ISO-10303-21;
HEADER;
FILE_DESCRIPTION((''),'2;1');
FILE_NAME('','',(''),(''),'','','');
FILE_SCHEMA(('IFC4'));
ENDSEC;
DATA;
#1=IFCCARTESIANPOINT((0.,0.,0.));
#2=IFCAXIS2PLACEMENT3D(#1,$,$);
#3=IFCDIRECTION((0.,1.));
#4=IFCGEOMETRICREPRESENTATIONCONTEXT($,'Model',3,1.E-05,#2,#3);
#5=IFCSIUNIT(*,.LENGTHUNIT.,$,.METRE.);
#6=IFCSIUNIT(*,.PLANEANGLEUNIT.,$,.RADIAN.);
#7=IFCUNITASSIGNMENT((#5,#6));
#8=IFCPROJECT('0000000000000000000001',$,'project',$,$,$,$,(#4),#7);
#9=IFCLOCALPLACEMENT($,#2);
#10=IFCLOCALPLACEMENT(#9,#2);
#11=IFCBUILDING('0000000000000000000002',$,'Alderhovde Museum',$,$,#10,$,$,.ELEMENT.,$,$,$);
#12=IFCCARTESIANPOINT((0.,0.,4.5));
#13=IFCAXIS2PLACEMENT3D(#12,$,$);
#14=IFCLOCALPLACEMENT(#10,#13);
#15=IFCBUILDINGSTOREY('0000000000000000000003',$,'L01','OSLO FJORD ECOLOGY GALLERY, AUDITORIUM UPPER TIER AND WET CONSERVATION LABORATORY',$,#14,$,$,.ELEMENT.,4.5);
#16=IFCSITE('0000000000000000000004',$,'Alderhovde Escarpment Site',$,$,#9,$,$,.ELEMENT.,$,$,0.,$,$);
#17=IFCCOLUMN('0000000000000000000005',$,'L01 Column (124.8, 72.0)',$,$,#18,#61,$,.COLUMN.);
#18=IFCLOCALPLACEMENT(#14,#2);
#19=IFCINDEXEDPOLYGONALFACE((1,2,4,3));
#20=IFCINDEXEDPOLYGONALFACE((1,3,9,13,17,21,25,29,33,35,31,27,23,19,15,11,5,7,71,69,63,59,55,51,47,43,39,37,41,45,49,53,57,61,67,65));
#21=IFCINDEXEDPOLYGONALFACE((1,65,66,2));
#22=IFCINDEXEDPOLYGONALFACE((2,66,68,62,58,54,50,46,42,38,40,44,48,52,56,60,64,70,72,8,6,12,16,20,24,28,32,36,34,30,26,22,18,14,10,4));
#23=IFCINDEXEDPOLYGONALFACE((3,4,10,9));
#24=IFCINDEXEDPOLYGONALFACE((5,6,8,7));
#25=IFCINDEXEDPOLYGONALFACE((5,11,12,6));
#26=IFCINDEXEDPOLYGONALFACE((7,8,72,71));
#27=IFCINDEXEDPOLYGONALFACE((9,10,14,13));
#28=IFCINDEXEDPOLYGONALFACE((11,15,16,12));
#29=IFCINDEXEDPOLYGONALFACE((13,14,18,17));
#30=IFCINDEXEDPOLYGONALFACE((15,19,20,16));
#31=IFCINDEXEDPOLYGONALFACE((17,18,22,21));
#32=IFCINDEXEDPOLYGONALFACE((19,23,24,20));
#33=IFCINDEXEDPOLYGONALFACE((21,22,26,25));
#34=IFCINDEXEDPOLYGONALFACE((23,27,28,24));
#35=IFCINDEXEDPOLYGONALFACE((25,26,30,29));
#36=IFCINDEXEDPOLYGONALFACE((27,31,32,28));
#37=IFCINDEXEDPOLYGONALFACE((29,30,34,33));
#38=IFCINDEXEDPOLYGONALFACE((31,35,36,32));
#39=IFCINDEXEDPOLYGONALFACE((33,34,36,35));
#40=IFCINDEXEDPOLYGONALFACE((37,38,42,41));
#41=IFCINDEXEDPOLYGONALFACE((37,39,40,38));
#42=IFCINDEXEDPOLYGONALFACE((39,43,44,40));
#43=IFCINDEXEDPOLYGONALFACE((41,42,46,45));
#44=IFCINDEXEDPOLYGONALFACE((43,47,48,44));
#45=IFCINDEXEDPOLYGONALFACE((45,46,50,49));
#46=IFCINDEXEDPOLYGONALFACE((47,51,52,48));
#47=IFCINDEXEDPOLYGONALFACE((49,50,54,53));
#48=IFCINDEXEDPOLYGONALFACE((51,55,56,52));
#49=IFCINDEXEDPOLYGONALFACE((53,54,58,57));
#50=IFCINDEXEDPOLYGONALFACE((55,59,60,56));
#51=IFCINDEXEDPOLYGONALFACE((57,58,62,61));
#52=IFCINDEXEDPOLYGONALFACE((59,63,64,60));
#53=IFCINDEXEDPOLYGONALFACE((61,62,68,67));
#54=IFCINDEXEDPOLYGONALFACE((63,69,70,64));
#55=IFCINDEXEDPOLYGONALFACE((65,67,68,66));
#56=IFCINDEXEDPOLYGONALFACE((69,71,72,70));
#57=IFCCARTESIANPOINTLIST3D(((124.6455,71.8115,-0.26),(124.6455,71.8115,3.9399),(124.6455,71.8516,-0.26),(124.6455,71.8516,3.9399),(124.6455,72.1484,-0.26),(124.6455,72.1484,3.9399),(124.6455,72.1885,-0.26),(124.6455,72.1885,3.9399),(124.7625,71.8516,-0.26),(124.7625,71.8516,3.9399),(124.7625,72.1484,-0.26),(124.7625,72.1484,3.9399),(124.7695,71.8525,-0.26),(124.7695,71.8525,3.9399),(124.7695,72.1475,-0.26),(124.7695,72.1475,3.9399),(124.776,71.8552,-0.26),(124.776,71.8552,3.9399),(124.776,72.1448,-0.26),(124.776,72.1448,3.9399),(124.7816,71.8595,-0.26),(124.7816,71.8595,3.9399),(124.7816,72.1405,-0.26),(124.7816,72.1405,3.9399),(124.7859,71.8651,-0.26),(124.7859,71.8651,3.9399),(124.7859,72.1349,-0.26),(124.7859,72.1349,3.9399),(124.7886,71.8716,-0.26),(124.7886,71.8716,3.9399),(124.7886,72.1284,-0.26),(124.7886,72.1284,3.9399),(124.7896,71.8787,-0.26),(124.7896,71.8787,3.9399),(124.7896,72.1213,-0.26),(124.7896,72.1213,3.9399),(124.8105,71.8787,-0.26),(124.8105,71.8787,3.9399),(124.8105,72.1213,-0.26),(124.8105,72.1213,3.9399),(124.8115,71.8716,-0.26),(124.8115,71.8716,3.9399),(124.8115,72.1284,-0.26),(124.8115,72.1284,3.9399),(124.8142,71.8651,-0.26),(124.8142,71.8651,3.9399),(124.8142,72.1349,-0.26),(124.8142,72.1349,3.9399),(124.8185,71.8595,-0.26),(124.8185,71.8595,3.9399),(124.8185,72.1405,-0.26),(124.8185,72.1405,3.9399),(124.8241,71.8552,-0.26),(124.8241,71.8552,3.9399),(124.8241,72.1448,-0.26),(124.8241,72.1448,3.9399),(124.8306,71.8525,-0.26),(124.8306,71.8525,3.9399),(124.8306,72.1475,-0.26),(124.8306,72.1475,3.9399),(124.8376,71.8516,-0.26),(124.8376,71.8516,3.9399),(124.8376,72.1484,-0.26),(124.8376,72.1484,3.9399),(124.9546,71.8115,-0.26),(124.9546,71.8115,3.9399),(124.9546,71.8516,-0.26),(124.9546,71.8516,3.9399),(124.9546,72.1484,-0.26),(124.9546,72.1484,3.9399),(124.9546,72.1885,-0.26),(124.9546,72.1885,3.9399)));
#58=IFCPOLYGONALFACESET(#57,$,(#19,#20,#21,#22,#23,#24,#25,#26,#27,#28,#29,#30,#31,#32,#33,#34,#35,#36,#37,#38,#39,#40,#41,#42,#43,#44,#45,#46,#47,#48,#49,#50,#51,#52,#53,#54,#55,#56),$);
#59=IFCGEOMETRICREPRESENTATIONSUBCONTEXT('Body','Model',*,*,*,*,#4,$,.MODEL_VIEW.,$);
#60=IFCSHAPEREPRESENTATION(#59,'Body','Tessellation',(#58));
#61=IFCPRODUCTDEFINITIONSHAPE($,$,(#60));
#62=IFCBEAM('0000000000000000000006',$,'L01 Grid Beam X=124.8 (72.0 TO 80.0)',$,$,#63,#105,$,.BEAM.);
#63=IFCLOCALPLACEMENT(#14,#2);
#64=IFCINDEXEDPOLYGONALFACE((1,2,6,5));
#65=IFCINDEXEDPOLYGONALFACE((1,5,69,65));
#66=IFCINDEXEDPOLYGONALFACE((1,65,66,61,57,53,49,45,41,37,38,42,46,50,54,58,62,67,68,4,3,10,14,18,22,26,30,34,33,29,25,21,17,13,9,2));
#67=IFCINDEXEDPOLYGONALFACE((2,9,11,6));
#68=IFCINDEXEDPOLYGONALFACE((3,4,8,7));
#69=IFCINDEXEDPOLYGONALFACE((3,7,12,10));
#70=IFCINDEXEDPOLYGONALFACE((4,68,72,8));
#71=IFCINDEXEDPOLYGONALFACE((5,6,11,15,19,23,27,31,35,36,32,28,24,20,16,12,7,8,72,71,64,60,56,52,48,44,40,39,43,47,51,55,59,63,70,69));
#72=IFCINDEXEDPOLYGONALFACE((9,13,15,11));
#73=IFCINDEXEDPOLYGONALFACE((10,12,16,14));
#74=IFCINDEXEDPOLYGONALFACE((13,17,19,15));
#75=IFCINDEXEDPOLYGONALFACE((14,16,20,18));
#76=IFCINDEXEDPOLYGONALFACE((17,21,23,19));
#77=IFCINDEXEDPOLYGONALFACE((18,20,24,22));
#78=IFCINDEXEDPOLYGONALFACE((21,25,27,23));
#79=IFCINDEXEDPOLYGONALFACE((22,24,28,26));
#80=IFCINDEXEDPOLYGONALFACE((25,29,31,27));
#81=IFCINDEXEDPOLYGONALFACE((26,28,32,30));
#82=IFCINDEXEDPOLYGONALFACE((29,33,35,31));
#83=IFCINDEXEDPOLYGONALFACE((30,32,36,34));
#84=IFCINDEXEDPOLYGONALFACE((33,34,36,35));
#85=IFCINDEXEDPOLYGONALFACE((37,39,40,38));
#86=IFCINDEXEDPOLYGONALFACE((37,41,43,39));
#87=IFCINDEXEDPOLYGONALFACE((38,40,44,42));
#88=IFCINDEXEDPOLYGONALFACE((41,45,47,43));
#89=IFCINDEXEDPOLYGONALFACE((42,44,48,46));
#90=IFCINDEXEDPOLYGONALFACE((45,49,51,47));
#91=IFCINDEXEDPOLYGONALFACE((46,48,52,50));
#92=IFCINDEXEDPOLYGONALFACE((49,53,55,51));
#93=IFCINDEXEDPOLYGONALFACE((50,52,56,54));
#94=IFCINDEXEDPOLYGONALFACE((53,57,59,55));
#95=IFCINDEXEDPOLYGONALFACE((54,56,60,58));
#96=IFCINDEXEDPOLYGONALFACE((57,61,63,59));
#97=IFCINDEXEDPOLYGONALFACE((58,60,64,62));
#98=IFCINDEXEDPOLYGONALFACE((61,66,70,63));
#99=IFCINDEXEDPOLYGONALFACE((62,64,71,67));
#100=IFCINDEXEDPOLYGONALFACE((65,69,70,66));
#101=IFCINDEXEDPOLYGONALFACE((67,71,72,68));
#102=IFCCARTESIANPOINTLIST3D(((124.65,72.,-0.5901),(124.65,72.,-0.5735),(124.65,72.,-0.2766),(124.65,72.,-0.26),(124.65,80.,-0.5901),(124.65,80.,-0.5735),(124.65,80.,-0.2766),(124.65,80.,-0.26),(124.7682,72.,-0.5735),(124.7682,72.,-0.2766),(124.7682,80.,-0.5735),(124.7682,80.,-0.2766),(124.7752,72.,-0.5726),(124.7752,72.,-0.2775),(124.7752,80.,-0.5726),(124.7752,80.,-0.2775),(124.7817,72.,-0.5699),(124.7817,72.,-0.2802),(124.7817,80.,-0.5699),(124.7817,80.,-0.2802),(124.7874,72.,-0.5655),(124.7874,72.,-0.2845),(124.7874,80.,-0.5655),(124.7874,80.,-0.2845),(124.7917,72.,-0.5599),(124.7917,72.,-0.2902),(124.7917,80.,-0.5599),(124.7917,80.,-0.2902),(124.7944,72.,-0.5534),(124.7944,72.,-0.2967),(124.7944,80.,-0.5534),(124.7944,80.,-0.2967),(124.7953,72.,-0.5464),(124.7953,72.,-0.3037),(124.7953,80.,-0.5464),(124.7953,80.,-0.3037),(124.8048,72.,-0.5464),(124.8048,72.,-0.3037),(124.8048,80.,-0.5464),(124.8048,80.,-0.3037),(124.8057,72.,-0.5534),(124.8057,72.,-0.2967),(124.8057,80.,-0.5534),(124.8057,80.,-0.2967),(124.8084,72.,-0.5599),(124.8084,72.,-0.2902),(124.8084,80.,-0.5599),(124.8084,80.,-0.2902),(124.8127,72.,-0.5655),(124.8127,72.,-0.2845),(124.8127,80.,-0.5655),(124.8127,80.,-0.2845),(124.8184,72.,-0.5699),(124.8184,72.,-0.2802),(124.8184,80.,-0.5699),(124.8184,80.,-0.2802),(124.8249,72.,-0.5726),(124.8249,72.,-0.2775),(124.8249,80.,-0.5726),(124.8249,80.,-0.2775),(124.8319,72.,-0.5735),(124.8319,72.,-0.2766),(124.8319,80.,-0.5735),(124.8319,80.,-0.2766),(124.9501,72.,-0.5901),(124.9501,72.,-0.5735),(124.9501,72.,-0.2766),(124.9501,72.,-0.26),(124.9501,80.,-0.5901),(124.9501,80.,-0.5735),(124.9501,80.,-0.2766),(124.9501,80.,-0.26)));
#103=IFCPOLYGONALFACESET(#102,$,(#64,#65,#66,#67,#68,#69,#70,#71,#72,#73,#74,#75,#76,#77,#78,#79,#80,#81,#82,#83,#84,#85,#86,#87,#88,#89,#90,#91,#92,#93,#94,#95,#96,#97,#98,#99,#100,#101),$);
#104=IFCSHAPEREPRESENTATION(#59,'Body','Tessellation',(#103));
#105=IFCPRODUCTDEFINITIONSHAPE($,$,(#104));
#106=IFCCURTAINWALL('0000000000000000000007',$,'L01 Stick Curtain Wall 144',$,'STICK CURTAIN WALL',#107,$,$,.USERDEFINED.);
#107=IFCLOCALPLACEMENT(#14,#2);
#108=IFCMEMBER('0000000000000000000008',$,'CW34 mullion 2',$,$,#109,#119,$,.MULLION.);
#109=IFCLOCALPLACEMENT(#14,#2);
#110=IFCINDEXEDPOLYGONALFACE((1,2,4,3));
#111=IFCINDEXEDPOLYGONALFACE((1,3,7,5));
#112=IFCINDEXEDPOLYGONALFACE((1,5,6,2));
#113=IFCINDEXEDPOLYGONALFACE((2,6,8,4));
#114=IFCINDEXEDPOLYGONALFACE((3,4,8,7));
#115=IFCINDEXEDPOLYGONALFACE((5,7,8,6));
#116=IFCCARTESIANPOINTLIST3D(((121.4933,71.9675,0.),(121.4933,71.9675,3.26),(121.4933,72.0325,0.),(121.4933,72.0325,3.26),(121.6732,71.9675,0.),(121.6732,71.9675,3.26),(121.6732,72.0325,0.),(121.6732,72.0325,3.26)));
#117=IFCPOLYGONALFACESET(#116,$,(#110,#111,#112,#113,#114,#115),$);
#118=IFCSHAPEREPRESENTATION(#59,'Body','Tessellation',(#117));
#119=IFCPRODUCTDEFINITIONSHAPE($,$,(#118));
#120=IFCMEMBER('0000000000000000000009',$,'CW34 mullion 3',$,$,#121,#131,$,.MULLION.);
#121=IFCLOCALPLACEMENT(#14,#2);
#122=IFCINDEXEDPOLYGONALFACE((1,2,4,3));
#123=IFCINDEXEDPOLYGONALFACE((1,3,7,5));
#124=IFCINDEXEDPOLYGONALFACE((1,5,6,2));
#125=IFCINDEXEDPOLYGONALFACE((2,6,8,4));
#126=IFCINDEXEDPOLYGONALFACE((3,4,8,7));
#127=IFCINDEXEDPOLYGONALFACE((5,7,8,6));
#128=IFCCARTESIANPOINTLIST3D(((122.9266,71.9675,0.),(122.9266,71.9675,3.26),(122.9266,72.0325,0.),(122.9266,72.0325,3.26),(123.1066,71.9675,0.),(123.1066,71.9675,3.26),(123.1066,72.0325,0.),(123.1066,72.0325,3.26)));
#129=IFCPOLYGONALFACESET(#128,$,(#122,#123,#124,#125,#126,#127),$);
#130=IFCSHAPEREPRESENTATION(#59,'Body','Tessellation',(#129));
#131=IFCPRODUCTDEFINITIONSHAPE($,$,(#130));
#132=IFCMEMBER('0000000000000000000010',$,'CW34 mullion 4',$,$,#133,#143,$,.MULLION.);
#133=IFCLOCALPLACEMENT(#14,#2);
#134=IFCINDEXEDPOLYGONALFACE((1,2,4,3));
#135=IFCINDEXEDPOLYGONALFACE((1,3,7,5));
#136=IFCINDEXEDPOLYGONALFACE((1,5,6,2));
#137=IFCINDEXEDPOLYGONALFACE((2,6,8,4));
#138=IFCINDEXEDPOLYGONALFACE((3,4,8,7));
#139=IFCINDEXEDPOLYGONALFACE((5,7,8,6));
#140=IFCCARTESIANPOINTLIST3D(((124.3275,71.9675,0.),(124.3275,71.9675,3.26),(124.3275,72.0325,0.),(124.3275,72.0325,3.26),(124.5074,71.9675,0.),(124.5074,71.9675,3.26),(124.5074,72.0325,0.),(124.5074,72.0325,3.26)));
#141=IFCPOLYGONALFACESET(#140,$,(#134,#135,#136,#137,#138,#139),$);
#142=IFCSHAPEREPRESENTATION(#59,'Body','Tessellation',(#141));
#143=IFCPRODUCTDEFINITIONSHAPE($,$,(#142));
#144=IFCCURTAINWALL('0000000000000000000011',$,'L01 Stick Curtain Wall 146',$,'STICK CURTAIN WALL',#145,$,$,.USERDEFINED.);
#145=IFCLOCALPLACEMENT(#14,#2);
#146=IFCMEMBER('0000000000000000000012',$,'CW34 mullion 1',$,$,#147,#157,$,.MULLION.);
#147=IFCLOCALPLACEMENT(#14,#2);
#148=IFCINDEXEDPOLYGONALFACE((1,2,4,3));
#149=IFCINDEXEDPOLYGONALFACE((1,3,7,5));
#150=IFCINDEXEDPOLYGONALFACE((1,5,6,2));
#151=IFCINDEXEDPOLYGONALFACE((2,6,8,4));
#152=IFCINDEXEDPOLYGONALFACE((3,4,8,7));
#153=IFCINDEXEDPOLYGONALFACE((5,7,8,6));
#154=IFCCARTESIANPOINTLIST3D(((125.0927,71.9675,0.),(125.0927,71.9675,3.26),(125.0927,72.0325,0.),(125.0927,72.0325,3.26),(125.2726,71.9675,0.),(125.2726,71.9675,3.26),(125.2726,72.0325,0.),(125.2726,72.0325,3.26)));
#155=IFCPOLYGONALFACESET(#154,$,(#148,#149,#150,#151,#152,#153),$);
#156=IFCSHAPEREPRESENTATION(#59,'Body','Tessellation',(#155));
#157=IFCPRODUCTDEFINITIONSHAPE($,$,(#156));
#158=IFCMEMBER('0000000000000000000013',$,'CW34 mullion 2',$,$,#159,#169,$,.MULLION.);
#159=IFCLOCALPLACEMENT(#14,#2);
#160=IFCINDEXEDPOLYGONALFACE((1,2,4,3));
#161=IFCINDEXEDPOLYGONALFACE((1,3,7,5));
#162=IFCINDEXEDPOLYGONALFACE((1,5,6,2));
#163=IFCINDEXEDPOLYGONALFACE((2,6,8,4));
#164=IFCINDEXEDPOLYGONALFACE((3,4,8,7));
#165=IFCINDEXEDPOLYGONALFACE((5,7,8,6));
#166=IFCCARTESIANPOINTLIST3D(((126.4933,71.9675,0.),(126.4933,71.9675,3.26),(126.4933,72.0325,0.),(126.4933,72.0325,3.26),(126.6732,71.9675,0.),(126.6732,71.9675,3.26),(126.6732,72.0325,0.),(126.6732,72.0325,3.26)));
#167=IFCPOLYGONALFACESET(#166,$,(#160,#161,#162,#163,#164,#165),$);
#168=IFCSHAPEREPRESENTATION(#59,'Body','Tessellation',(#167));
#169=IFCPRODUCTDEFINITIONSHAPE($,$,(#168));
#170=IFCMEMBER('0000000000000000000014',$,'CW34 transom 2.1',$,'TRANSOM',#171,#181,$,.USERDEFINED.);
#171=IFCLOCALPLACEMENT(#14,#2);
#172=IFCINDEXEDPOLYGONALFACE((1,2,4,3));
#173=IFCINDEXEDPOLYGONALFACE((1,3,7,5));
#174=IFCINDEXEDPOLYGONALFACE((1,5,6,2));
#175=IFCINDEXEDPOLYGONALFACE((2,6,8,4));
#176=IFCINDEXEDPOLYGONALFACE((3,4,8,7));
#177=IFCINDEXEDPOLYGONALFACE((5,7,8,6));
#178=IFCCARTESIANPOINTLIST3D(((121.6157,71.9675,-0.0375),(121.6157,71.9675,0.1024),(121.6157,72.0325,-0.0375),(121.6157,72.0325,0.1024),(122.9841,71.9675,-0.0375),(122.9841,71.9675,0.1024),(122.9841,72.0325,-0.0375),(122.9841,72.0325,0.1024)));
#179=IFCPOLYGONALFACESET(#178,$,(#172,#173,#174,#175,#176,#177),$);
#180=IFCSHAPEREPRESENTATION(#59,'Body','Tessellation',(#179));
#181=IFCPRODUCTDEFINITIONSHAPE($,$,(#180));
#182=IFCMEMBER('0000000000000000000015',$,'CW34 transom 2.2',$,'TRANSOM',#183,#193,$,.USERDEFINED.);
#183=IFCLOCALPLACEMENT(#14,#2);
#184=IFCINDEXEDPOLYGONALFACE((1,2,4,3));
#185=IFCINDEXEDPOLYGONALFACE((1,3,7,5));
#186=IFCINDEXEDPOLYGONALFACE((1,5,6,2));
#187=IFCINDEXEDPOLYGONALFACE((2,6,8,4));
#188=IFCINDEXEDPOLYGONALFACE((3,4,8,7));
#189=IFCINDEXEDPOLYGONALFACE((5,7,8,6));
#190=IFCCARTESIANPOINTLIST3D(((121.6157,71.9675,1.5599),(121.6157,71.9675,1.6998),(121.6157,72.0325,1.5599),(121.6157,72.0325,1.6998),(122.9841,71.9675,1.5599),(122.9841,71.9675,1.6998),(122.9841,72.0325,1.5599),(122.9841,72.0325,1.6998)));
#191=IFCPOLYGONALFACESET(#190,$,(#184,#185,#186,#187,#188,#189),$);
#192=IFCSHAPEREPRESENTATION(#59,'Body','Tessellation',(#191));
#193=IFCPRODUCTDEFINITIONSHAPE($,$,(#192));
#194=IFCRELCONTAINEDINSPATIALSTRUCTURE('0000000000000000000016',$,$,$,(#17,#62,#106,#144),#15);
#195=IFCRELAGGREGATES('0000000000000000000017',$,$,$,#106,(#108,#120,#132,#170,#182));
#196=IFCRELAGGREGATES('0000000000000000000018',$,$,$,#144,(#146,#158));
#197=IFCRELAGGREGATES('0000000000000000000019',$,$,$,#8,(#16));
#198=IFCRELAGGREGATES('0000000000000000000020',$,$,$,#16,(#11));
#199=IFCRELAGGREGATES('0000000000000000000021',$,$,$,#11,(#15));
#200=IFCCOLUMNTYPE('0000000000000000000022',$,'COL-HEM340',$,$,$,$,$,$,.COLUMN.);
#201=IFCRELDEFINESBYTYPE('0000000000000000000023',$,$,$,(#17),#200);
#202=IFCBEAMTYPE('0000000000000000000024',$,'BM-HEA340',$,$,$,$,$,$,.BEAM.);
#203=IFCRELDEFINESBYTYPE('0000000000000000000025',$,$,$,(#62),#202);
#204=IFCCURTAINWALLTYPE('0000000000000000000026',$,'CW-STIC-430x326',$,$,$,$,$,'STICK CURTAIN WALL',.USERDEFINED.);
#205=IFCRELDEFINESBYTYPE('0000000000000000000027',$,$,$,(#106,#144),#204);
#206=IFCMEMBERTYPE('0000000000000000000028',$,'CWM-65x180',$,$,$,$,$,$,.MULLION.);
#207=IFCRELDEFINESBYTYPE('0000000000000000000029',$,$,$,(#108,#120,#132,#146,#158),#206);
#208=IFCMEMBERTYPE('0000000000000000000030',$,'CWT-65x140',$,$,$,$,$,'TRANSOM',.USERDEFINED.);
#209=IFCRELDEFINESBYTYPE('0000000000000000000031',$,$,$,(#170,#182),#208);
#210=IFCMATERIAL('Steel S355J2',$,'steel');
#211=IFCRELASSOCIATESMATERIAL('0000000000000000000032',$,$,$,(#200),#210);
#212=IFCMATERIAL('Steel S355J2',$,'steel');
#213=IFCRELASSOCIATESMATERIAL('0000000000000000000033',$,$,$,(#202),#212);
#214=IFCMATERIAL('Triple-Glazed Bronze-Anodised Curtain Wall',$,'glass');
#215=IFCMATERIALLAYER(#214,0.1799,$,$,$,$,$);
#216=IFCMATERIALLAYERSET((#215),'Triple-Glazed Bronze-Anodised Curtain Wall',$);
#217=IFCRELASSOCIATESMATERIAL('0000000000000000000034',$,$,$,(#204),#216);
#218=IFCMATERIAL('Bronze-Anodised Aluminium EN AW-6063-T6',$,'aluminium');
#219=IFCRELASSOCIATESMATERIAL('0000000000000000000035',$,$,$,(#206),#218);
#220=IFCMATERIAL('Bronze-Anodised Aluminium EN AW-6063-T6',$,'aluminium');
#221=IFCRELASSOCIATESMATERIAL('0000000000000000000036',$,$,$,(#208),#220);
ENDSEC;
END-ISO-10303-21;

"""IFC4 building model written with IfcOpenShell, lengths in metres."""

from ifc_helpers import new_model, si_unit, direction, frame, origin, origin_2d, place, context, subcontext, project, spatial, rectangle, i_section, extrude, material, layer, layer_set, material_profile, profile_set, type_object, element, aggregate, save


model = new_model("IFC4")

# Units and contexts
model_context = context("Model", 3, precision=1e-05, world=origin(), true_north=direction((0.0, 1.0)))
body_context = subcontext(model_context, "Body", "Model", "MODEL_VIEW")
ifc_project = project(units=[si_unit("LENGTHUNIT", "METRE"), si_unit("PLANEANGLEUNIT", "RADIAN")], contexts=[model_context])

# Site, building, storey
site_placement = place(None, origin())
site = spatial("IfcSite", under=ifc_project, at=site_placement, Name="Alderhovde Escarpment Site", CompositionType="ELEMENT", RefElevation=0.0)
building_placement = place(site_placement, origin())
building = spatial("IfcBuilding", under=site, at=building_placement, Name="Alderhovde Museum", CompositionType="ELEMENT")
storey_placement = place(building_placement, frame((0.0, 0.0, 4.5)))
storey = spatial("IfcBuildingStorey", under=building, at=storey_placement, Name="L01", Description="OSLO FJORD ECOLOGY GALLERY, AUDITORIUM UPPER TIER AND WET CONSERVATION LABORATORY", CompositionType="ELEMENT", Elevation=4.5)

# Column
ifc_material_1 = material(Name="Steel S355J2", Category="steel")
ifc_material_profile_1 = material_profile(ifc_material_1, i_section(OverallWidth=0.3091, OverallDepth=0.377, WebThickness=0.021, FlangeThickness=0.04, FilletRadius=0.0271, at=origin_2d()), Name="HEM 340")
ifc_profile_set_1 = profile_set([ifc_material_profile_1], Name="Steel S355J2")
column_type = type_object("IfcColumnType", Name="COL-HEM340", PredefinedType="COLUMN", material=ifc_profile_set_1)
column_placement = place(storey_placement, frame((124.8, 72.0, -0.26), z_axis=(0.0, 0.0, 1.0), x_axis=(1.0, 0.0, 0.0)))
element("IfcColumn", 1, at=column_placement, inside=storey, type_object=column_type, Name="L01 Column (124.8, 72.0)", PredefinedType="COLUMN", context=body_context, shape_type="SweptSolid", body=[
    extrude(i_section(OverallWidth=0.3091, OverallDepth=0.377, WebThickness=0.021, FlangeThickness=0.04, FilletRadius=0.0271, at=origin_2d()), origin(), (0.0, 0.0, 1.0), 4.2),
])

# Beam
ifc_material_2 = material(Name="Steel S355J2", Category="steel")
ifc_material_profile_2 = material_profile(ifc_material_2, i_section(OverallWidth=0.3, OverallDepth=0.3301, WebThickness=0.0095, FlangeThickness=0.0166, FilletRadius=0.0271, at=origin_2d()), Name="HEA 340")
ifc_profile_set_2 = profile_set([ifc_material_profile_2], Name="Steel S355J2")
beam_type_1 = type_object("IfcBeamType", Name="BM-HEA340", PredefinedType="BEAM", material=ifc_profile_set_2)
beam_1_placement = place(storey_placement, frame((124.8, 72.0, -0.425), z_axis=(0.0, 1.0, 0.0), x_axis=(-1.0, 0.0, 0.0)))
element("IfcBeam", 2, at=beam_1_placement, inside=storey, type_object=beam_type_1, Name="L01 Grid Beam X=124.8 (72.0 TO 80.0)", PredefinedType="BEAM", context=body_context, shape_type="SweptSolid", body=[
    extrude(i_section(OverallWidth=0.3, OverallDepth=0.3301, WebThickness=0.0095, FlangeThickness=0.0166, FilletRadius=0.0271, at=origin_2d()), origin(), (0.0, 0.0, 1.0), 8.0),
])

# Curtain walls, members
ifc_material_3 = material(Name="Triple-Glazed Bronze-Anodised Curtain Wall", Category="glass")
ifc_layer_1 = layer(ifc_material_3, 0.1799)
ifc_layer_set_1 = layer_set([ifc_layer_1], Name="Triple-Glazed Bronze-Anodised Curtain Wall")
curtain_wall_type = type_object("IfcCurtainWallType", Name="CW-STIC-430x326", ElementType="STICK CURTAIN WALL", PredefinedType="USERDEFINED", material=ifc_layer_set_1)
curtain_wall_1_placement = place(storey_placement, origin())
curtain_wall_1 = element("IfcCurtainWall", 3, at=curtain_wall_1_placement, inside=storey, type_object=curtain_wall_type, Name="L01 Stick Curtain Wall 144", ObjectType="STICK CURTAIN WALL", PredefinedType="USERDEFINED")
ifc_material_4 = material(Name="Bronze-Anodised Aluminium EN AW-6063-T6", Category="aluminium")
ifc_material_profile_3 = material_profile(ifc_material_4, rectangle(XDim=0.0649, YDim=0.1799, at=origin_2d()), Name="MULLION 65x180")
ifc_profile_set_3 = profile_set([ifc_material_profile_3], Name="Bronze-Anodised Aluminium EN AW-6063-T6")
member_type_1 = type_object("IfcMemberType", Name="CWM-65x180", PredefinedType="MULLION", material=ifc_profile_set_3)
member_1_placement = place(storey_placement, frame((121.5833, 72.0, 0.0), z_axis=(0.0, 0.0, 1.0), x_axis=(0.0, 1.0, 0.0)))
member_1 = element("IfcMember", 4, at=member_1_placement, type_object=member_type_1, Name="CW34 mullion 2", PredefinedType="MULLION", context=body_context, shape_type="SweptSolid", body=[
    extrude(rectangle(XDim=0.0649, YDim=0.1799, at=origin_2d()), origin(), (0.0, 0.0, 1.0), 3.26),
])
member_2_placement = place(storey_placement, frame((123.0166, 72.0, 0.0), z_axis=(0.0, 0.0, 1.0), x_axis=(0.0, 1.0, 0.0)))
member_2 = element("IfcMember", 5, at=member_2_placement, type_object=member_type_1, Name="CW34 mullion 3", PredefinedType="MULLION", context=body_context, shape_type="SweptSolid", body=[
    extrude(rectangle(XDim=0.0649, YDim=0.1799, at=origin_2d()), origin(), (0.0, 0.0, 1.0), 3.26),
])
member_3_placement = place(storey_placement, frame((124.4175, 72.0, 0.0), z_axis=(0.0, 0.0, 1.0), x_axis=(0.0, 1.0, 0.0)))
member_3 = element("IfcMember", 6, at=member_3_placement, type_object=member_type_1, Name="CW34 mullion 4", PredefinedType="MULLION", context=body_context, shape_type="SweptSolid", body=[
    extrude(rectangle(XDim=0.0649, YDim=0.1799, at=origin_2d()), origin(), (0.0, 0.0, 1.0), 3.26),
])
curtain_wall_2_placement = place(storey_placement, origin())
curtain_wall_2 = element("IfcCurtainWall", 7, at=curtain_wall_2_placement, inside=storey, type_object=curtain_wall_type, Name="L01 Stick Curtain Wall 146", ObjectType="STICK CURTAIN WALL", PredefinedType="USERDEFINED")
member_4_placement = place(storey_placement, frame((125.1826, 72.0, 0.0), z_axis=(0.0, 0.0, 1.0), x_axis=(0.0, 1.0, 0.0)))
member_4 = element("IfcMember", 8, at=member_4_placement, type_object=member_type_1, Name="CW34 mullion 1", PredefinedType="MULLION", context=body_context, shape_type="SweptSolid", body=[
    extrude(rectangle(XDim=0.0649, YDim=0.1799, at=origin_2d()), origin(), (0.0, 0.0, 1.0), 3.26),
])
member_5_placement = place(storey_placement, frame((126.5833, 72.0, 0.0), z_axis=(0.0, 0.0, 1.0), x_axis=(0.0, 1.0, 0.0)))
member_5 = element("IfcMember", 9, at=member_5_placement, type_object=member_type_1, Name="CW34 mullion 2", PredefinedType="MULLION", context=body_context, shape_type="SweptSolid", body=[
    extrude(rectangle(XDim=0.0649, YDim=0.1799, at=origin_2d()), origin(), (0.0, 0.0, 1.0), 3.26),
])

# Members
ifc_material_5 = material(Name="Bronze-Anodised Aluminium EN AW-6063-T6", Category="aluminium")
ifc_material_profile_4 = material_profile(ifc_material_5, rectangle(XDim=0.0649, YDim=0.1399, at=origin_2d()), Name="TRANSOM 65x140")
ifc_profile_set_4 = profile_set([ifc_material_profile_4], Name="Bronze-Anodised Aluminium EN AW-6063-T6")
member_type_2 = type_object("IfcMemberType", Name="CWT-65x140", ElementType="TRANSOM", PredefinedType="USERDEFINED", material=ifc_profile_set_4)
member_6_placement = place(storey_placement, frame((121.6157, 72.0, 0.0325), z_axis=(1.0, 0.0, 0.0), x_axis=(0.0, 1.0, 0.0)))
member_6 = element("IfcMember", 10, at=member_6_placement, type_object=member_type_2, Name="CW34 transom 2.1", ObjectType="TRANSOM", PredefinedType="USERDEFINED", context=body_context, shape_type="SweptSolid", body=[
    extrude(rectangle(XDim=0.0649, YDim=0.1399, at=origin_2d()), origin(), (0.0, 0.0, 1.0), 1.3684),
])
member_7_placement = place(storey_placement, frame((121.6157, 72.0, 1.6299), z_axis=(1.0, 0.0, 0.0), x_axis=(0.0, 1.0, 0.0)))
member_7 = element("IfcMember", 11, at=member_7_placement, type_object=member_type_2, Name="CW34 transom 2.2", ObjectType="TRANSOM", PredefinedType="USERDEFINED", context=body_context, shape_type="SweptSolid", body=[
    extrude(rectangle(XDim=0.0649, YDim=0.1399, at=origin_2d()), origin(), (0.0, 0.0, 1.0), 1.3684),
])

aggregate(curtain_wall_1, [member_1, member_2, member_3, member_6, member_7])
aggregate(curtain_wall_2, [member_4, member_5])

save(model, "model.ifc")
